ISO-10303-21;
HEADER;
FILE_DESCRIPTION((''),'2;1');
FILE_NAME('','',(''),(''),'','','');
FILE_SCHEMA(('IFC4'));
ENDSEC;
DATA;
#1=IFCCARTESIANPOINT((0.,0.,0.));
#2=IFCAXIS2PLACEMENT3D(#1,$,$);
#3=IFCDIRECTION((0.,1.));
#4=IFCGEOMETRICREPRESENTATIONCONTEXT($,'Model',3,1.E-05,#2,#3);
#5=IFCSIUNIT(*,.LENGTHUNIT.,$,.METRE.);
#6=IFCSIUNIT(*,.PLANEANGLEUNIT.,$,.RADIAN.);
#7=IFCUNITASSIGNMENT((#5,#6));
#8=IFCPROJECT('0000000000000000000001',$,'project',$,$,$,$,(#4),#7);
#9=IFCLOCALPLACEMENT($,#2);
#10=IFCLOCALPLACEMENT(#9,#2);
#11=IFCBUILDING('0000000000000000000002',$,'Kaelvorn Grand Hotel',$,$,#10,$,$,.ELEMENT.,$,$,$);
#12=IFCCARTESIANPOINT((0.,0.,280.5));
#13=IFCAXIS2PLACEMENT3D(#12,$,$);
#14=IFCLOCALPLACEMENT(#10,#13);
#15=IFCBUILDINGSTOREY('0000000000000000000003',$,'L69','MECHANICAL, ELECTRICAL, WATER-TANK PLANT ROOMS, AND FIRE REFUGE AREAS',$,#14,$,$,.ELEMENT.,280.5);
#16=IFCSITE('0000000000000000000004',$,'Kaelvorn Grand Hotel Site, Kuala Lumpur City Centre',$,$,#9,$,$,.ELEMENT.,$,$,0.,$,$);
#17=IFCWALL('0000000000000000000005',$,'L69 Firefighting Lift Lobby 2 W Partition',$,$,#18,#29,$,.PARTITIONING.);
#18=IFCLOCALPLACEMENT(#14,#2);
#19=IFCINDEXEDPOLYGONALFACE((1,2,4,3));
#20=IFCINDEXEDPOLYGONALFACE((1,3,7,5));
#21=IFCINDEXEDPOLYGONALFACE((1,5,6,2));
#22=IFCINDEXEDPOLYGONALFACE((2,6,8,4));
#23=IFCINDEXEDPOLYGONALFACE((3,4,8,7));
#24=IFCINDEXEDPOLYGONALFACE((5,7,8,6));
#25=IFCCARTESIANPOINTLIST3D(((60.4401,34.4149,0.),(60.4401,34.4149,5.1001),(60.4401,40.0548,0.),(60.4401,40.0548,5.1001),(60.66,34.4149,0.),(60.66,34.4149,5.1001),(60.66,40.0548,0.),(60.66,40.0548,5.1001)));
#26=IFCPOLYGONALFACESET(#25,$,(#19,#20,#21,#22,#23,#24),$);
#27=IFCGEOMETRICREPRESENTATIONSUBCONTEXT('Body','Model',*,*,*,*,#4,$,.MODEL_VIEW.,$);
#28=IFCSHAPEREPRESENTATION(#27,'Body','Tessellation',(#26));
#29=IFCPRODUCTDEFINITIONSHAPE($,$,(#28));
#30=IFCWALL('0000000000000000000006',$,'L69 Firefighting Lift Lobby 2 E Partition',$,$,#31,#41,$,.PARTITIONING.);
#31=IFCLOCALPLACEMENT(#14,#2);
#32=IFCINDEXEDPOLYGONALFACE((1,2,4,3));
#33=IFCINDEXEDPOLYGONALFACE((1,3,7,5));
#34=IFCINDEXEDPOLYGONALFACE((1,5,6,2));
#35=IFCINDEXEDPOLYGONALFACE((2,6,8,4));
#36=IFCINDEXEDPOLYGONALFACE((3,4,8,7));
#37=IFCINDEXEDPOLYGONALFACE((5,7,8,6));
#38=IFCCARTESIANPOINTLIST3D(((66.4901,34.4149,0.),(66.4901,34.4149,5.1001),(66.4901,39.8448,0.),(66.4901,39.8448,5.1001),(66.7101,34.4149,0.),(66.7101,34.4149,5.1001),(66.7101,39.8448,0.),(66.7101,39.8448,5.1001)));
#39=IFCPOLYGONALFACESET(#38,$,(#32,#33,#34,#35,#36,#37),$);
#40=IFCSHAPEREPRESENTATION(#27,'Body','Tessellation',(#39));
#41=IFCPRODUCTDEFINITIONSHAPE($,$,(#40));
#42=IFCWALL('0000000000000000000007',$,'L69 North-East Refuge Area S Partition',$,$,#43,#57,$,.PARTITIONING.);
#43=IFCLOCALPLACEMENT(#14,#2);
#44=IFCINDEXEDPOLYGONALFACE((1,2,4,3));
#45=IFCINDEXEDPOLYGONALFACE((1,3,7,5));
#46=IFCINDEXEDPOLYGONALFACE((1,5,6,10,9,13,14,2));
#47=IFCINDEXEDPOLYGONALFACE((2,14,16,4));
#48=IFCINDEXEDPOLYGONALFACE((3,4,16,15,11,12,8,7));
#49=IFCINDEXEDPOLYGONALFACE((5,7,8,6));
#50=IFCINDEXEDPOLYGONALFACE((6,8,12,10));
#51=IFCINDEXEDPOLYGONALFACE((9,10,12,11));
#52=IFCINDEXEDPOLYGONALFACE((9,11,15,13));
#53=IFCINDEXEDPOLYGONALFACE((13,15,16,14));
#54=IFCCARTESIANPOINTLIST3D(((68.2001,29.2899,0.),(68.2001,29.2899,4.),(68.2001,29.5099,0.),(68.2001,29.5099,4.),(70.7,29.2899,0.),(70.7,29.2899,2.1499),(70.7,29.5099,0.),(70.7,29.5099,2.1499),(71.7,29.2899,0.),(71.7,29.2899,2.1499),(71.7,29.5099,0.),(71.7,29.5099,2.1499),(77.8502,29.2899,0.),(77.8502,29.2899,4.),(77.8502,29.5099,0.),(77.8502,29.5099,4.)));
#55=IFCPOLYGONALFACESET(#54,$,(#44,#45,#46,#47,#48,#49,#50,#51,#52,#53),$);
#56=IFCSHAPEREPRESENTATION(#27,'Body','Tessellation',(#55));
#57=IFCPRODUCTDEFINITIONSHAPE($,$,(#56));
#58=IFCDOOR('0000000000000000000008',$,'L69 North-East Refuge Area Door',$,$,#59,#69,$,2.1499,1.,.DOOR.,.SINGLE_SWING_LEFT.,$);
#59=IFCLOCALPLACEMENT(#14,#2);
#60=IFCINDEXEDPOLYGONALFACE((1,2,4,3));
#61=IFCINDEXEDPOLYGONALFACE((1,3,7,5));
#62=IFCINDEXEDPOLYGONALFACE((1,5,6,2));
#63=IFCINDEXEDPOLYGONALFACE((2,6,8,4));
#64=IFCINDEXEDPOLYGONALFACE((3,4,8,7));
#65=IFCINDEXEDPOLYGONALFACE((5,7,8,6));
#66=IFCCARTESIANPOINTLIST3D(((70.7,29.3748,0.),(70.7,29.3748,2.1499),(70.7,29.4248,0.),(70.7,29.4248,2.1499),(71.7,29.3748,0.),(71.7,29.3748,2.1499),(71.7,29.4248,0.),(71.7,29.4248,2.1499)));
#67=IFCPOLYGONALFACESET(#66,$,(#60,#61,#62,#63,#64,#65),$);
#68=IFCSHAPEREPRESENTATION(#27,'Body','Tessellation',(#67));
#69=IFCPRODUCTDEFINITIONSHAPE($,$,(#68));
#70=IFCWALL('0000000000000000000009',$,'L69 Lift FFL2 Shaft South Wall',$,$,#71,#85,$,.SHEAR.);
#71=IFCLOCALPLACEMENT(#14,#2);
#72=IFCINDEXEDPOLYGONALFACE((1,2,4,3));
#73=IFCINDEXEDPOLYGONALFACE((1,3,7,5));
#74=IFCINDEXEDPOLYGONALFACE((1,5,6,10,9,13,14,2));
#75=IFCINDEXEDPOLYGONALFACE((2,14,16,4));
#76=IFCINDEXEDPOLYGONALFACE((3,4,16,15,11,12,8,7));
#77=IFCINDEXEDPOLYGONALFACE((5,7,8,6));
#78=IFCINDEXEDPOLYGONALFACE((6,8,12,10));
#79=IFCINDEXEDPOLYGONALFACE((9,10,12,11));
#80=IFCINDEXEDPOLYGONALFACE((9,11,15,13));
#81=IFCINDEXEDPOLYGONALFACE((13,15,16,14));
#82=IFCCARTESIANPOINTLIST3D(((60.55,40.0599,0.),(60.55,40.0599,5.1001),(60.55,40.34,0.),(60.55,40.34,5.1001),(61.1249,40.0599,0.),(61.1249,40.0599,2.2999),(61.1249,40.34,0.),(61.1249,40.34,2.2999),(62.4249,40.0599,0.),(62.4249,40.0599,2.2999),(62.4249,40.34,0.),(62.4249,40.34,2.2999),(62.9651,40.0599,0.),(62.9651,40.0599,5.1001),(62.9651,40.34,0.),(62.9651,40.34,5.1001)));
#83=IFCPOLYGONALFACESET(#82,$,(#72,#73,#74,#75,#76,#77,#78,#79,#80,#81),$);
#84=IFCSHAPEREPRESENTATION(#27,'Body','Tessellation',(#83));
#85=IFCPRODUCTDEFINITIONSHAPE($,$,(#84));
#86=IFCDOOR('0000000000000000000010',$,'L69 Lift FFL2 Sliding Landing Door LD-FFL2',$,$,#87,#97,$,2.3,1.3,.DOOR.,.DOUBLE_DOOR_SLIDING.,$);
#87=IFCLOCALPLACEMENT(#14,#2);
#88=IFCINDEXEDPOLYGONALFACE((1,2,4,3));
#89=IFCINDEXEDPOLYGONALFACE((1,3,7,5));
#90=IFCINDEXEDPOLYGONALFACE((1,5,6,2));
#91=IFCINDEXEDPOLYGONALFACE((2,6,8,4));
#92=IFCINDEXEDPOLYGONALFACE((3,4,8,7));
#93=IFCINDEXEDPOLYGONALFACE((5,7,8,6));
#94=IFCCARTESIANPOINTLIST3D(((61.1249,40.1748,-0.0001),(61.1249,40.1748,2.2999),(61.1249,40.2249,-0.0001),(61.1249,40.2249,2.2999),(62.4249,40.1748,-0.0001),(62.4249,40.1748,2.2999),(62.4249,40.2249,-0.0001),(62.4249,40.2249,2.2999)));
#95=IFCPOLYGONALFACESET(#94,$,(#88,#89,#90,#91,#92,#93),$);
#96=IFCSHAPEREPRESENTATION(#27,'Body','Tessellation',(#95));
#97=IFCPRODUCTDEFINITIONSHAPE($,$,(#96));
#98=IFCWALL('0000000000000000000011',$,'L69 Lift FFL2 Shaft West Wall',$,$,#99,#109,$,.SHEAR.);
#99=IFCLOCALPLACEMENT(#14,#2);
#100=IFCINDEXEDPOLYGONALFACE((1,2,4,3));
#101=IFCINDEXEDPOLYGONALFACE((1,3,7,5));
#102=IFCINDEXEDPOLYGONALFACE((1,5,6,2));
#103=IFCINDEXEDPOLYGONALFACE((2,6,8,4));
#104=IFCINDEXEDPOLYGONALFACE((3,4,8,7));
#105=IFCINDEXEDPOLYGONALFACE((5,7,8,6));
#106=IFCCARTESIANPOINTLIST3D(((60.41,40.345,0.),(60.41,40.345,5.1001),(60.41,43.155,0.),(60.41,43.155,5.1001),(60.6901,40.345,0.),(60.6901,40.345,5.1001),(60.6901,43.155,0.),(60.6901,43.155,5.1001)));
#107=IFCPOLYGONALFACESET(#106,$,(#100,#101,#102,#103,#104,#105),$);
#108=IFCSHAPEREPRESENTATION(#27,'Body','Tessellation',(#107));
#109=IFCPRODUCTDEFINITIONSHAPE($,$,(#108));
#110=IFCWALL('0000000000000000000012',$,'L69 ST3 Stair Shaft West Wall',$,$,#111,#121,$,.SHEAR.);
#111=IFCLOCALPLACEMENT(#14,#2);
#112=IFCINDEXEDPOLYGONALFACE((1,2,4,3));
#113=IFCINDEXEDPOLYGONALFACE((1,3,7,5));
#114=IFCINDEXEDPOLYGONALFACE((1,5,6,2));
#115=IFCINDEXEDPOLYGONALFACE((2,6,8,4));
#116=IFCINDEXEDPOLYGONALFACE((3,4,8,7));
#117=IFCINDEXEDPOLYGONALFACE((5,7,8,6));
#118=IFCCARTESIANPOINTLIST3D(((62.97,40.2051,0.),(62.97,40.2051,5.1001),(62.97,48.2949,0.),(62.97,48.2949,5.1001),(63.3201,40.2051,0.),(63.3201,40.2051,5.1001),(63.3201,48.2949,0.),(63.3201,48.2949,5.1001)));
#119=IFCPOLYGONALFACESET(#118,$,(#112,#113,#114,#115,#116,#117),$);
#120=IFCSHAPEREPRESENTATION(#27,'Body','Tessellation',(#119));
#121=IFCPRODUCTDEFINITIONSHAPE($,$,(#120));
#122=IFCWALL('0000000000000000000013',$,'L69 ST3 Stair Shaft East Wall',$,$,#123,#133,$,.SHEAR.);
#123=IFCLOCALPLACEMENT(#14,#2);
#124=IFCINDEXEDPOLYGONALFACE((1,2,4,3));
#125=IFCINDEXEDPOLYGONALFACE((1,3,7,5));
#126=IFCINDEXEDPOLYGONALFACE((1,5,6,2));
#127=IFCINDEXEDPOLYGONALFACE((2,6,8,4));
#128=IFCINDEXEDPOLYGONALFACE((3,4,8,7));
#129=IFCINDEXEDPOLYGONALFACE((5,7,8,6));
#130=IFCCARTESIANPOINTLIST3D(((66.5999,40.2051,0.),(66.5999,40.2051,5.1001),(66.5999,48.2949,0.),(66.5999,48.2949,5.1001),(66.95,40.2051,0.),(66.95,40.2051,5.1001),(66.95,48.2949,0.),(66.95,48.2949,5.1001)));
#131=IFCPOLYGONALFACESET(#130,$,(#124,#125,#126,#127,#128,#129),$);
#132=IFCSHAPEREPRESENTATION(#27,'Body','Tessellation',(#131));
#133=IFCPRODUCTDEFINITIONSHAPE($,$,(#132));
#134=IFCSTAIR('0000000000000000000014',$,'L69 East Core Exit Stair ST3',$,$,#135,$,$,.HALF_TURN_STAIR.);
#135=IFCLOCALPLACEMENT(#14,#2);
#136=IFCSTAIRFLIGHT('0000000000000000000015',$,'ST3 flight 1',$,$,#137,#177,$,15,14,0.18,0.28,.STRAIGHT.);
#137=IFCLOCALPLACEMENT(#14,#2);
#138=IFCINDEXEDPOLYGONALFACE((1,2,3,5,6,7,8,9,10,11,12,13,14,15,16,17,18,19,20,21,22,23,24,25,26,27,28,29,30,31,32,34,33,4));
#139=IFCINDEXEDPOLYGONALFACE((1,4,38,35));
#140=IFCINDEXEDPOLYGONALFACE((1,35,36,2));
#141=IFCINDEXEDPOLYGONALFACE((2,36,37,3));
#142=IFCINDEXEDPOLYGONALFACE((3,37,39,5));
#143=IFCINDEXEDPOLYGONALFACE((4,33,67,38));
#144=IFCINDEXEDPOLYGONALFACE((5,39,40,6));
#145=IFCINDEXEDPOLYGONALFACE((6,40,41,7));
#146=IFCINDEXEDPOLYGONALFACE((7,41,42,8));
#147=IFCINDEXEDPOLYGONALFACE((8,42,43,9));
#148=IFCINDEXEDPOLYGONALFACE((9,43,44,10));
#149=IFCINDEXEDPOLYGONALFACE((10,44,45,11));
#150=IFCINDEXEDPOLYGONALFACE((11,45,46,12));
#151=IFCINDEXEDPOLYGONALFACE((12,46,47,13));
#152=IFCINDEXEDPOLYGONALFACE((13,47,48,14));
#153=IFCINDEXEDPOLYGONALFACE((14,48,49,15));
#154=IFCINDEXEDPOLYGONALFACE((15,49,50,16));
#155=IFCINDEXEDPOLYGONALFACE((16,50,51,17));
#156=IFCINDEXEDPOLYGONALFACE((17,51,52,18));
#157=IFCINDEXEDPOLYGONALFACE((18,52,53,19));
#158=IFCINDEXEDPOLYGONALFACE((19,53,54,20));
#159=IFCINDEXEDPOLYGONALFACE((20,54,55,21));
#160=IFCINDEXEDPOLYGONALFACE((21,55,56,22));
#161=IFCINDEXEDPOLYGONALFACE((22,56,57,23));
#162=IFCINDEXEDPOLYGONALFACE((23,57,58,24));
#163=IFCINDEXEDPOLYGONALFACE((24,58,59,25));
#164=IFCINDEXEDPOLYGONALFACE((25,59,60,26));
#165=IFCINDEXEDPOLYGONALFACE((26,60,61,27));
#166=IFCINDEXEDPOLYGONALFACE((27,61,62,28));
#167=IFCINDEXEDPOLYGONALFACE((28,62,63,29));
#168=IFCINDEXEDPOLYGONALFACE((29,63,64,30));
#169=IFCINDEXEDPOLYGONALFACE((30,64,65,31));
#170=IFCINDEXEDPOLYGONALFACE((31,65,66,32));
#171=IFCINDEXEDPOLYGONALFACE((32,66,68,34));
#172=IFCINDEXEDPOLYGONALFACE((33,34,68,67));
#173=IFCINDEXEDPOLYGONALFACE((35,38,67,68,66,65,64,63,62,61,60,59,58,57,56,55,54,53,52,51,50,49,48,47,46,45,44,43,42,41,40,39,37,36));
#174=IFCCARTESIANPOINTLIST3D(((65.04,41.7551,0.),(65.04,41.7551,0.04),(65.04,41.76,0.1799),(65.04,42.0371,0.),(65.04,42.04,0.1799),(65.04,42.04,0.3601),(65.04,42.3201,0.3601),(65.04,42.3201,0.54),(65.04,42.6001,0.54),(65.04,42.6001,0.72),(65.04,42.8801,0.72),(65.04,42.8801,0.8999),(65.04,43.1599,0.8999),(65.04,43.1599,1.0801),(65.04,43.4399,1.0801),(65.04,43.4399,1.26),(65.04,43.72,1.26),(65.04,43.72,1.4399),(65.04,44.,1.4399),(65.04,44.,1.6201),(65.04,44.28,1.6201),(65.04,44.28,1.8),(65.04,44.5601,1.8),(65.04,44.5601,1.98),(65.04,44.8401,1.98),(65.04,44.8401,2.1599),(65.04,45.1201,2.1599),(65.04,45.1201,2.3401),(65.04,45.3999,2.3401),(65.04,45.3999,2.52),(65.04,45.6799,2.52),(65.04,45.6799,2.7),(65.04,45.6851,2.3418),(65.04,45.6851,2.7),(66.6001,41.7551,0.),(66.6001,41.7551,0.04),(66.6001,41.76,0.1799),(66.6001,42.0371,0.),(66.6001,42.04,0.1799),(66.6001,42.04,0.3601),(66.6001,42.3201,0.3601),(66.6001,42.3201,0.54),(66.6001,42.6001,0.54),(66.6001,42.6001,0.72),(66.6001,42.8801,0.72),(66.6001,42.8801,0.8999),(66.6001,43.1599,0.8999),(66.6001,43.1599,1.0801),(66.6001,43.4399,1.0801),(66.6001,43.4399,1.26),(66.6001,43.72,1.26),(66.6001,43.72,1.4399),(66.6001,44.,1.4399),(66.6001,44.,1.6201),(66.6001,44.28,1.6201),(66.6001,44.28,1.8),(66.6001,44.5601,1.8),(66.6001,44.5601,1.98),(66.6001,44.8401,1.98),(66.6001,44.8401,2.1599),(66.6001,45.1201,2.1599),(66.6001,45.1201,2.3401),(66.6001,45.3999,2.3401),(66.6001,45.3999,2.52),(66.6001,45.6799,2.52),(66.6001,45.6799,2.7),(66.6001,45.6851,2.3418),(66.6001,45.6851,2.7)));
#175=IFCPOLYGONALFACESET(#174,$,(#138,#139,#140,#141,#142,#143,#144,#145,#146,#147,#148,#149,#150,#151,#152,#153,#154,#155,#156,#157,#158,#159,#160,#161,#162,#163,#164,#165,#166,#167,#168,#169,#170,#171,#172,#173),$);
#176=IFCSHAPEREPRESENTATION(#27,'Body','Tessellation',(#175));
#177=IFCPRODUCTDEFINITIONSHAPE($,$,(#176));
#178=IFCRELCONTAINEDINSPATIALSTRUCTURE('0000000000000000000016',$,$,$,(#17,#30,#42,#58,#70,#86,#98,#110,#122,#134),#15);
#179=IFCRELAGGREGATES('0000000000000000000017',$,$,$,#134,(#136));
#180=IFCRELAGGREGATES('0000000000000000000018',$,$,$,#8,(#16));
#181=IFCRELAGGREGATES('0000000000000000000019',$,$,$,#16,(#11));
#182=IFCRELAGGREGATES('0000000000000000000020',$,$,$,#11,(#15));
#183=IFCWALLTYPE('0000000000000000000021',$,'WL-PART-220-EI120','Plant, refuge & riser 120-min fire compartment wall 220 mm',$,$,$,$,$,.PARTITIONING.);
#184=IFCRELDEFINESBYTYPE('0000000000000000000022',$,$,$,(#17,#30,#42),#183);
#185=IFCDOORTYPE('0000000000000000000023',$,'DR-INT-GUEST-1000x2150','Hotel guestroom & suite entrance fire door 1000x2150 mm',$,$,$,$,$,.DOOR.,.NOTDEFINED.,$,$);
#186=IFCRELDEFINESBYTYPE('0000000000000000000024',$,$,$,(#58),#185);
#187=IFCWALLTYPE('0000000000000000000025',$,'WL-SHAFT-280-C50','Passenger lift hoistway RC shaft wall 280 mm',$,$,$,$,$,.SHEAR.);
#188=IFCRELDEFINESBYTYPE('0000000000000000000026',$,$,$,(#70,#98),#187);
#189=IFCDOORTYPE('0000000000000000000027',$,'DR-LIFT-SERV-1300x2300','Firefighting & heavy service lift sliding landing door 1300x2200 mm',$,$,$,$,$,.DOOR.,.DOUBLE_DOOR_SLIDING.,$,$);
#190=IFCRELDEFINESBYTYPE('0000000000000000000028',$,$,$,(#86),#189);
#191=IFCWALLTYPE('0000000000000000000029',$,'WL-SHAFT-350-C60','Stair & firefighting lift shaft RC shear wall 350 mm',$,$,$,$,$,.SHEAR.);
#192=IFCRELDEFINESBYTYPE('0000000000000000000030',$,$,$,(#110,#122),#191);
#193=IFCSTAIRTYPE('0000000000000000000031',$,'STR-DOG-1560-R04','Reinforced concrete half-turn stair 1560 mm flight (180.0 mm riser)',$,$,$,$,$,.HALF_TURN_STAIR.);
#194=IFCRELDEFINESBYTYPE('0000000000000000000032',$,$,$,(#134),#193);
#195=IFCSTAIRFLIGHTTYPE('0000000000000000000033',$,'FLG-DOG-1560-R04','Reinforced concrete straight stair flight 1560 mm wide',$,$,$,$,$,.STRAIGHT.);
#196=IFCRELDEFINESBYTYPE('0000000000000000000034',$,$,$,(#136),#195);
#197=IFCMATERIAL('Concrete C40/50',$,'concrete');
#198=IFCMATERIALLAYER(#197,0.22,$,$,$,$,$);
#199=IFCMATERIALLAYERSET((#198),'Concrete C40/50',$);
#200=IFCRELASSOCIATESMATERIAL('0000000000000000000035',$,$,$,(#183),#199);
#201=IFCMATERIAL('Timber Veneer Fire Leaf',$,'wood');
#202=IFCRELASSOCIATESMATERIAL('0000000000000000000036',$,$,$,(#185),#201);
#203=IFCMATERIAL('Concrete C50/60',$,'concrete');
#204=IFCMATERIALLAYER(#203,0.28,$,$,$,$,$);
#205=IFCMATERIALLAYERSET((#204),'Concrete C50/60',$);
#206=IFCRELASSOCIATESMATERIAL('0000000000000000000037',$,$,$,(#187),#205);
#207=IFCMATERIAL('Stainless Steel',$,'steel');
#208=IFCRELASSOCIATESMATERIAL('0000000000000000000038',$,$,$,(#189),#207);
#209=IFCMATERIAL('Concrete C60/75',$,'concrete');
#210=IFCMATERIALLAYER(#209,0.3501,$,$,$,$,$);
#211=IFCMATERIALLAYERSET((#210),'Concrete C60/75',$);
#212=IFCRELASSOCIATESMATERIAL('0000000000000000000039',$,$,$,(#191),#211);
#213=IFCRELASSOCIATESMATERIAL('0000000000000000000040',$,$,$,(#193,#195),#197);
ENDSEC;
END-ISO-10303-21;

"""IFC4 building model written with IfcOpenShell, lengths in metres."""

from ifc_helpers import new_model, si_unit, direction, frame, frame_2d, origin, place, context, subcontext, project, spatial, polyline, rectangle, outline, extrude, material, layer, layer_set, type_object, element, fill, aggregate, save


model = new_model("IFC4")

# Units and contexts
model_context = context("Model", 3, precision=1e-05, world=origin(), true_north=direction((0.0, 1.0)))
body_context = subcontext(model_context, "Body", "Model", "MODEL_VIEW")
ifc_project = project(units=[si_unit("LENGTHUNIT", "METRE"), si_unit("PLANEANGLEUNIT", "RADIAN")], contexts=[model_context])

# Site, building, storey
site_placement = place(None, origin())
site = spatial("IfcSite", under=ifc_project, at=site_placement, Name="Kaelvorn Grand Hotel Site, Kuala Lumpur City Centre", CompositionType="ELEMENT", RefElevation=0.0)
building_placement = place(site_placement, origin())
building = spatial("IfcBuilding", under=site, at=building_placement, Name="Kaelvorn Grand Hotel", CompositionType="ELEMENT")
storey_placement = place(building_placement, frame((0.0, 0.0, 280.5)))
storey = spatial("IfcBuildingStorey", under=building, at=storey_placement, Name="L69", Description="MECHANICAL, ELECTRICAL, WATER-TANK PLANT ROOMS, AND FIRE REFUGE AREAS", CompositionType="ELEMENT", Elevation=280.5)

# Shared definitions
ifc_material_1 = material(Name="Concrete C50/60", Category="concrete")

# Shared definitions
ifc_material_2 = material(Name="Concrete C40/50", Category="concrete")
ifc_layer_1 = layer(ifc_material_2, 0.22)
ifc_layer_set_1 = layer_set([ifc_layer_1], Name="Concrete C40/50")
wall_type_1 = type_object("IfcWallType", Name="WL-PART-220-EI120", Description="Plant, refuge & riser 120-min fire compartment wall 220 mm", PredefinedType="PARTITIONING", material=ifc_layer_set_1)
ifc_material_3 = material(Name="Timber Veneer Fire Leaf", Category="wood")

# Walls
wall_1_placement = place(storey_placement, frame((60.55, 34.415, 0.0), z_axis=(0.0, 0.0, 1.0), x_axis=(0.0, 1.0, 0.0)))
element("IfcWall", 1, at=wall_1_placement, inside=storey, type_object=wall_type_1, Name="L69 Firefighting Lift Lobby 2 W Partition", PredefinedType="PARTITIONING", context=body_context, shape_type="SweptSolid", body=[
    extrude(rectangle(XDim=5.6399, YDim=0.22, at=frame_2d((2.8198, 0.0))), origin(), (0.0, 0.0, 1.0), 5.1001),
])
wall_2_placement = place(storey_placement, frame((66.6001, 34.415, 0.0), z_axis=(0.0, 0.0, 1.0), x_axis=(0.0, 1.0, 0.0)))
element("IfcWall", 2, at=wall_2_placement, inside=storey, type_object=wall_type_1, Name="L69 Firefighting Lift Lobby 2 E Partition", PredefinedType="PARTITIONING", context=body_context, shape_type="SweptSolid", body=[
    extrude(rectangle(XDim=5.4299, YDim=0.22, at=frame_2d((2.7148, 0.0))), origin(), (0.0, 0.0, 1.0), 5.1001),
])

# Walls, openings, doors
wall_3_placement = place(storey_placement, frame((68.2, 29.3999, 0.0), z_axis=(0.0, 0.0, 1.0), x_axis=(1.0, 0.0, 0.0)))
wall_3 = element("IfcWall", 3, at=wall_3_placement, inside=storey, type_object=wall_type_1, Name="L69 North-East Refuge Area S Partition", PredefinedType="PARTITIONING", context=body_context, shape_type="SweptSolid", body=[
    extrude(rectangle(XDim=9.6501, YDim=0.22, at=frame_2d((4.8252, 0.0))), origin(), (0.0, 0.0, 1.0), 4.0),
])
opening_1_placement = place(wall_3_placement, frame((2.5, 0.0, 0.0)))
opening_1 = element("IfcOpeningElement", 4, at=opening_1_placement, cuts=wall_3, PredefinedType="OPENING", context=body_context, shape_type="SweptSolid", body=[
    extrude(rectangle(XDim=1.0, YDim=2.1499, at=frame_2d((0.5, 1.075))), frame((0.0, 0.1201, 0.0), z_axis=(0.0, -1.0, 0.0), x_axis=(1.0, 0.0, 0.0)), (0.0, 0.0, 1.0), 0.24),
])
door_type_1 = type_object("IfcDoorType", Name="DR-INT-GUEST-1000x2150", Description="Hotel guestroom & suite entrance fire door 1000x2150 mm", OperationType="NOTDEFINED", PredefinedType="DOOR", material=ifc_material_3)
door_1_placement = place(opening_1_placement, origin())
door_1 = element("IfcDoor", 5, at=door_1_placement, inside=storey, type_object=door_type_1, Name="L69 North-East Refuge Area Door", OperationType="SINGLE_SWING_LEFT", OverallHeight=2.1499, OverallWidth=1.0, PredefinedType="DOOR", context=body_context, shape_type="SweptSolid", body=[
    extrude(rectangle(XDim=1.0, YDim=2.1499, at=frame_2d((0.5, 1.075))), frame((0.0, 0.0249, 0.0), z_axis=(0.0, -1.0, 0.0), x_axis=(1.0, 0.0, 0.0)), (0.0, 0.0, 1.0), 0.05),
])
fill(opening_1, door_1)
ifc_layer_2 = layer(ifc_material_1, 0.28)
ifc_layer_set_2 = layer_set([ifc_layer_2], Name="Concrete C50/60")
wall_type_2 = type_object("IfcWallType", Name="WL-SHAFT-280-C50", Description="Passenger lift hoistway RC shaft wall 280 mm", PredefinedType="SHEAR", material=ifc_layer_set_2)
wall_4_placement = place(storey_placement, frame((60.55, 40.2, 0.0), z_axis=(0.0, 0.0, 1.0), x_axis=(1.0, 0.0, 0.0)))
wall_4 = element("IfcWall", 6, at=wall_4_placement, inside=storey, type_object=wall_type_2, Name="L69 Lift FFL2 Shaft South Wall", PredefinedType="SHEAR", context=body_context, shape_type="SweptSolid", body=[
    extrude(rectangle(XDim=2.415, YDim=0.28, at=frame_2d((1.2075, 0.0))), origin(), (0.0, 0.0, 1.0), 5.1001),
])
opening_2_placement = place(wall_4_placement, frame((0.575, 0.0, 0.0)))
opening_2 = element("IfcOpeningElement", 7, at=opening_2_placement, cuts=wall_4, PredefinedType="OPENING", context=body_context, shape_type="SweptSolid", body=[
    extrude(rectangle(XDim=1.3, YDim=2.3, at=frame_2d((0.6499, 1.1499))), frame((0.0, 0.1499, 0.0), z_axis=(0.0, -1.0, 0.0), x_axis=(1.0, 0.0, 0.0)), (0.0, 0.0, 1.0), 0.3),
])
ifc_material_4 = material(Name="Stainless Steel", Category="steel")
door_type_2 = type_object("IfcDoorType", Name="DR-LIFT-SERV-1300x2300", Description="Firefighting & heavy service lift sliding landing door 1300x2200 mm", OperationType="DOUBLE_DOOR_SLIDING", PredefinedType="DOOR", material=ifc_material_4)
door_2_placement = place(opening_2_placement, origin())
door_2 = element("IfcDoor", 8, at=door_2_placement, inside=storey, type_object=door_type_2, Name="L69 Lift FFL2 Sliding Landing Door LD-FFL2", OperationType="DOUBLE_DOOR_SLIDING", OverallHeight=2.3, OverallWidth=1.3, PredefinedType="DOOR", context=body_context, shape_type="SweptSolid", body=[
    extrude(rectangle(XDim=1.3, YDim=2.3, at=frame_2d((0.6499, 1.1499))), frame((0.0, 0.0249, 0.0), z_axis=(0.0, -1.0, 0.0), x_axis=(1.0, 0.0, 0.0)), (0.0, 0.0, 1.0), 0.05),
])
fill(opening_2, door_2)

# Wall
wall_5_placement = place(storey_placement, frame((60.55, 40.345, 0.0), z_axis=(0.0, 0.0, 1.0), x_axis=(0.0, 1.0, 0.0)))
element("IfcWall", 9, at=wall_5_placement, inside=storey, type_object=wall_type_2, Name="L69 Lift FFL2 Shaft West Wall", PredefinedType="SHEAR", context=body_context, shape_type="SweptSolid", body=[
    extrude(rectangle(XDim=2.8101, YDim=0.28, at=frame_2d((1.405, 0.0))), origin(), (0.0, 0.0, 1.0), 5.1001),
])

# Shared definitions
ifc_material_5 = material(Name="Concrete C60/75", Category="concrete")
ifc_layer_3 = layer(ifc_material_5, 0.3501)
ifc_layer_set_3 = layer_set([ifc_layer_3], Name="Concrete C60/75")
wall_type_3 = type_object("IfcWallType", Name="WL-SHAFT-350-C60", Description="Stair & firefighting lift shaft RC shear wall 350 mm", PredefinedType="SHEAR", material=ifc_layer_set_3)

# Walls
for number, where, z_axis, x_axis, name in (
    (10, (63.145, 40.2051, 0.0), (0.0, 0.0, 1.0), (0.0, 1.0, 0.0), "L69 ST3 Stair Shaft West Wall"),
    (11, (66.7749, 40.2051, 0.0), (0.0, 0.0, 1.0), (0.0, 1.0, 0.0), "L69 ST3 Stair Shaft East Wall"),
):
    element("IfcWall", number, at=place(storey_placement, frame(where, z_axis=z_axis, x_axis=x_axis)), inside=storey, type_object=wall_type_3, Name=name, PredefinedType="SHEAR", context=body_context, shape_type="SweptSolid", body=[
        extrude(rectangle(XDim=8.0898, YDim=0.3501, at=frame_2d((4.0449, 0.0))), origin(), (0.0, 0.0, 1.0), 5.1001),
    ])

# Stair, stair flight
stair_type = type_object("IfcStairType", Name="STR-DOG-1560-R04", Description="Reinforced concrete half-turn stair 1560 mm flight (180.0 mm riser)", PredefinedType="HALF_TURN_STAIR", material=ifc_material_2)
stair_placement = place(storey_placement, origin())
stair = element("IfcStair", 12, at=stair_placement, inside=storey, type_object=stair_type, Name="L69 East Core Exit Stair ST3", PredefinedType="HALF_TURN_STAIR")
stair_flight_type = type_object("IfcStairFlightType", Name="FLG-DOG-1560-R04", Description="Reinforced concrete straight stair flight 1560 mm wide", PredefinedType="STRAIGHT", material=ifc_material_2)
stair_flight_placement = place(storey_placement, frame((65.8201, 41.76, 0.0), z_axis=(0.0, 0.0, 1.0), x_axis=(0.0, 1.0, 0.0)))
stair_flight = element("IfcStairFlight", 13, at=stair_flight_placement, type_object=stair_flight_type, Name="ST3 flight 1", NumberOfRisers=15, NumberOfTreads=14, PredefinedType="STRAIGHT", RiserHeight=0.18, TreadLength=0.28, context=body_context, shape_type="SweptSolid", body=[
    extrude(outline(polyline([(-0.0049, 0.0), (-0.0049, 0.04), (0.0, 0.1799), (0.28, 0.1799), (0.28, 0.3601), (0.5601, 0.3601), (0.5601, 0.54), (0.8401, 0.54), (0.8401, 0.72), (1.1201, 0.72), (1.1201, 0.8999), (1.3999, 0.8999), (1.3999, 1.0801), (1.6799, 1.0801), (1.6799, 1.26), (1.96, 1.26), (1.96, 1.4399), (2.24, 1.4399), (2.24, 1.6201), (2.52, 1.6201), (2.52, 1.8), (2.8, 1.8), (2.8, 1.98), (3.0801, 1.98), (3.0801, 2.1599), (3.3601, 2.1599), (3.3601, 2.3401), (3.6399, 2.3401), (3.6399, 2.52), (3.9199, 2.52), (3.9199, 2.7), (3.925, 2.7), (3.925, 2.3418), (0.2771, 0.0), (-0.0049, 0.0)])), frame((0.0, 0.78, 0.0), z_axis=(0.0, -1.0, 0.0), x_axis=(1.0, 0.0, 0.0)), (0.0, 0.0, 1.0), 1.5601),
])
aggregate(stair, [stair_flight])

save(model, "model.ifc")
